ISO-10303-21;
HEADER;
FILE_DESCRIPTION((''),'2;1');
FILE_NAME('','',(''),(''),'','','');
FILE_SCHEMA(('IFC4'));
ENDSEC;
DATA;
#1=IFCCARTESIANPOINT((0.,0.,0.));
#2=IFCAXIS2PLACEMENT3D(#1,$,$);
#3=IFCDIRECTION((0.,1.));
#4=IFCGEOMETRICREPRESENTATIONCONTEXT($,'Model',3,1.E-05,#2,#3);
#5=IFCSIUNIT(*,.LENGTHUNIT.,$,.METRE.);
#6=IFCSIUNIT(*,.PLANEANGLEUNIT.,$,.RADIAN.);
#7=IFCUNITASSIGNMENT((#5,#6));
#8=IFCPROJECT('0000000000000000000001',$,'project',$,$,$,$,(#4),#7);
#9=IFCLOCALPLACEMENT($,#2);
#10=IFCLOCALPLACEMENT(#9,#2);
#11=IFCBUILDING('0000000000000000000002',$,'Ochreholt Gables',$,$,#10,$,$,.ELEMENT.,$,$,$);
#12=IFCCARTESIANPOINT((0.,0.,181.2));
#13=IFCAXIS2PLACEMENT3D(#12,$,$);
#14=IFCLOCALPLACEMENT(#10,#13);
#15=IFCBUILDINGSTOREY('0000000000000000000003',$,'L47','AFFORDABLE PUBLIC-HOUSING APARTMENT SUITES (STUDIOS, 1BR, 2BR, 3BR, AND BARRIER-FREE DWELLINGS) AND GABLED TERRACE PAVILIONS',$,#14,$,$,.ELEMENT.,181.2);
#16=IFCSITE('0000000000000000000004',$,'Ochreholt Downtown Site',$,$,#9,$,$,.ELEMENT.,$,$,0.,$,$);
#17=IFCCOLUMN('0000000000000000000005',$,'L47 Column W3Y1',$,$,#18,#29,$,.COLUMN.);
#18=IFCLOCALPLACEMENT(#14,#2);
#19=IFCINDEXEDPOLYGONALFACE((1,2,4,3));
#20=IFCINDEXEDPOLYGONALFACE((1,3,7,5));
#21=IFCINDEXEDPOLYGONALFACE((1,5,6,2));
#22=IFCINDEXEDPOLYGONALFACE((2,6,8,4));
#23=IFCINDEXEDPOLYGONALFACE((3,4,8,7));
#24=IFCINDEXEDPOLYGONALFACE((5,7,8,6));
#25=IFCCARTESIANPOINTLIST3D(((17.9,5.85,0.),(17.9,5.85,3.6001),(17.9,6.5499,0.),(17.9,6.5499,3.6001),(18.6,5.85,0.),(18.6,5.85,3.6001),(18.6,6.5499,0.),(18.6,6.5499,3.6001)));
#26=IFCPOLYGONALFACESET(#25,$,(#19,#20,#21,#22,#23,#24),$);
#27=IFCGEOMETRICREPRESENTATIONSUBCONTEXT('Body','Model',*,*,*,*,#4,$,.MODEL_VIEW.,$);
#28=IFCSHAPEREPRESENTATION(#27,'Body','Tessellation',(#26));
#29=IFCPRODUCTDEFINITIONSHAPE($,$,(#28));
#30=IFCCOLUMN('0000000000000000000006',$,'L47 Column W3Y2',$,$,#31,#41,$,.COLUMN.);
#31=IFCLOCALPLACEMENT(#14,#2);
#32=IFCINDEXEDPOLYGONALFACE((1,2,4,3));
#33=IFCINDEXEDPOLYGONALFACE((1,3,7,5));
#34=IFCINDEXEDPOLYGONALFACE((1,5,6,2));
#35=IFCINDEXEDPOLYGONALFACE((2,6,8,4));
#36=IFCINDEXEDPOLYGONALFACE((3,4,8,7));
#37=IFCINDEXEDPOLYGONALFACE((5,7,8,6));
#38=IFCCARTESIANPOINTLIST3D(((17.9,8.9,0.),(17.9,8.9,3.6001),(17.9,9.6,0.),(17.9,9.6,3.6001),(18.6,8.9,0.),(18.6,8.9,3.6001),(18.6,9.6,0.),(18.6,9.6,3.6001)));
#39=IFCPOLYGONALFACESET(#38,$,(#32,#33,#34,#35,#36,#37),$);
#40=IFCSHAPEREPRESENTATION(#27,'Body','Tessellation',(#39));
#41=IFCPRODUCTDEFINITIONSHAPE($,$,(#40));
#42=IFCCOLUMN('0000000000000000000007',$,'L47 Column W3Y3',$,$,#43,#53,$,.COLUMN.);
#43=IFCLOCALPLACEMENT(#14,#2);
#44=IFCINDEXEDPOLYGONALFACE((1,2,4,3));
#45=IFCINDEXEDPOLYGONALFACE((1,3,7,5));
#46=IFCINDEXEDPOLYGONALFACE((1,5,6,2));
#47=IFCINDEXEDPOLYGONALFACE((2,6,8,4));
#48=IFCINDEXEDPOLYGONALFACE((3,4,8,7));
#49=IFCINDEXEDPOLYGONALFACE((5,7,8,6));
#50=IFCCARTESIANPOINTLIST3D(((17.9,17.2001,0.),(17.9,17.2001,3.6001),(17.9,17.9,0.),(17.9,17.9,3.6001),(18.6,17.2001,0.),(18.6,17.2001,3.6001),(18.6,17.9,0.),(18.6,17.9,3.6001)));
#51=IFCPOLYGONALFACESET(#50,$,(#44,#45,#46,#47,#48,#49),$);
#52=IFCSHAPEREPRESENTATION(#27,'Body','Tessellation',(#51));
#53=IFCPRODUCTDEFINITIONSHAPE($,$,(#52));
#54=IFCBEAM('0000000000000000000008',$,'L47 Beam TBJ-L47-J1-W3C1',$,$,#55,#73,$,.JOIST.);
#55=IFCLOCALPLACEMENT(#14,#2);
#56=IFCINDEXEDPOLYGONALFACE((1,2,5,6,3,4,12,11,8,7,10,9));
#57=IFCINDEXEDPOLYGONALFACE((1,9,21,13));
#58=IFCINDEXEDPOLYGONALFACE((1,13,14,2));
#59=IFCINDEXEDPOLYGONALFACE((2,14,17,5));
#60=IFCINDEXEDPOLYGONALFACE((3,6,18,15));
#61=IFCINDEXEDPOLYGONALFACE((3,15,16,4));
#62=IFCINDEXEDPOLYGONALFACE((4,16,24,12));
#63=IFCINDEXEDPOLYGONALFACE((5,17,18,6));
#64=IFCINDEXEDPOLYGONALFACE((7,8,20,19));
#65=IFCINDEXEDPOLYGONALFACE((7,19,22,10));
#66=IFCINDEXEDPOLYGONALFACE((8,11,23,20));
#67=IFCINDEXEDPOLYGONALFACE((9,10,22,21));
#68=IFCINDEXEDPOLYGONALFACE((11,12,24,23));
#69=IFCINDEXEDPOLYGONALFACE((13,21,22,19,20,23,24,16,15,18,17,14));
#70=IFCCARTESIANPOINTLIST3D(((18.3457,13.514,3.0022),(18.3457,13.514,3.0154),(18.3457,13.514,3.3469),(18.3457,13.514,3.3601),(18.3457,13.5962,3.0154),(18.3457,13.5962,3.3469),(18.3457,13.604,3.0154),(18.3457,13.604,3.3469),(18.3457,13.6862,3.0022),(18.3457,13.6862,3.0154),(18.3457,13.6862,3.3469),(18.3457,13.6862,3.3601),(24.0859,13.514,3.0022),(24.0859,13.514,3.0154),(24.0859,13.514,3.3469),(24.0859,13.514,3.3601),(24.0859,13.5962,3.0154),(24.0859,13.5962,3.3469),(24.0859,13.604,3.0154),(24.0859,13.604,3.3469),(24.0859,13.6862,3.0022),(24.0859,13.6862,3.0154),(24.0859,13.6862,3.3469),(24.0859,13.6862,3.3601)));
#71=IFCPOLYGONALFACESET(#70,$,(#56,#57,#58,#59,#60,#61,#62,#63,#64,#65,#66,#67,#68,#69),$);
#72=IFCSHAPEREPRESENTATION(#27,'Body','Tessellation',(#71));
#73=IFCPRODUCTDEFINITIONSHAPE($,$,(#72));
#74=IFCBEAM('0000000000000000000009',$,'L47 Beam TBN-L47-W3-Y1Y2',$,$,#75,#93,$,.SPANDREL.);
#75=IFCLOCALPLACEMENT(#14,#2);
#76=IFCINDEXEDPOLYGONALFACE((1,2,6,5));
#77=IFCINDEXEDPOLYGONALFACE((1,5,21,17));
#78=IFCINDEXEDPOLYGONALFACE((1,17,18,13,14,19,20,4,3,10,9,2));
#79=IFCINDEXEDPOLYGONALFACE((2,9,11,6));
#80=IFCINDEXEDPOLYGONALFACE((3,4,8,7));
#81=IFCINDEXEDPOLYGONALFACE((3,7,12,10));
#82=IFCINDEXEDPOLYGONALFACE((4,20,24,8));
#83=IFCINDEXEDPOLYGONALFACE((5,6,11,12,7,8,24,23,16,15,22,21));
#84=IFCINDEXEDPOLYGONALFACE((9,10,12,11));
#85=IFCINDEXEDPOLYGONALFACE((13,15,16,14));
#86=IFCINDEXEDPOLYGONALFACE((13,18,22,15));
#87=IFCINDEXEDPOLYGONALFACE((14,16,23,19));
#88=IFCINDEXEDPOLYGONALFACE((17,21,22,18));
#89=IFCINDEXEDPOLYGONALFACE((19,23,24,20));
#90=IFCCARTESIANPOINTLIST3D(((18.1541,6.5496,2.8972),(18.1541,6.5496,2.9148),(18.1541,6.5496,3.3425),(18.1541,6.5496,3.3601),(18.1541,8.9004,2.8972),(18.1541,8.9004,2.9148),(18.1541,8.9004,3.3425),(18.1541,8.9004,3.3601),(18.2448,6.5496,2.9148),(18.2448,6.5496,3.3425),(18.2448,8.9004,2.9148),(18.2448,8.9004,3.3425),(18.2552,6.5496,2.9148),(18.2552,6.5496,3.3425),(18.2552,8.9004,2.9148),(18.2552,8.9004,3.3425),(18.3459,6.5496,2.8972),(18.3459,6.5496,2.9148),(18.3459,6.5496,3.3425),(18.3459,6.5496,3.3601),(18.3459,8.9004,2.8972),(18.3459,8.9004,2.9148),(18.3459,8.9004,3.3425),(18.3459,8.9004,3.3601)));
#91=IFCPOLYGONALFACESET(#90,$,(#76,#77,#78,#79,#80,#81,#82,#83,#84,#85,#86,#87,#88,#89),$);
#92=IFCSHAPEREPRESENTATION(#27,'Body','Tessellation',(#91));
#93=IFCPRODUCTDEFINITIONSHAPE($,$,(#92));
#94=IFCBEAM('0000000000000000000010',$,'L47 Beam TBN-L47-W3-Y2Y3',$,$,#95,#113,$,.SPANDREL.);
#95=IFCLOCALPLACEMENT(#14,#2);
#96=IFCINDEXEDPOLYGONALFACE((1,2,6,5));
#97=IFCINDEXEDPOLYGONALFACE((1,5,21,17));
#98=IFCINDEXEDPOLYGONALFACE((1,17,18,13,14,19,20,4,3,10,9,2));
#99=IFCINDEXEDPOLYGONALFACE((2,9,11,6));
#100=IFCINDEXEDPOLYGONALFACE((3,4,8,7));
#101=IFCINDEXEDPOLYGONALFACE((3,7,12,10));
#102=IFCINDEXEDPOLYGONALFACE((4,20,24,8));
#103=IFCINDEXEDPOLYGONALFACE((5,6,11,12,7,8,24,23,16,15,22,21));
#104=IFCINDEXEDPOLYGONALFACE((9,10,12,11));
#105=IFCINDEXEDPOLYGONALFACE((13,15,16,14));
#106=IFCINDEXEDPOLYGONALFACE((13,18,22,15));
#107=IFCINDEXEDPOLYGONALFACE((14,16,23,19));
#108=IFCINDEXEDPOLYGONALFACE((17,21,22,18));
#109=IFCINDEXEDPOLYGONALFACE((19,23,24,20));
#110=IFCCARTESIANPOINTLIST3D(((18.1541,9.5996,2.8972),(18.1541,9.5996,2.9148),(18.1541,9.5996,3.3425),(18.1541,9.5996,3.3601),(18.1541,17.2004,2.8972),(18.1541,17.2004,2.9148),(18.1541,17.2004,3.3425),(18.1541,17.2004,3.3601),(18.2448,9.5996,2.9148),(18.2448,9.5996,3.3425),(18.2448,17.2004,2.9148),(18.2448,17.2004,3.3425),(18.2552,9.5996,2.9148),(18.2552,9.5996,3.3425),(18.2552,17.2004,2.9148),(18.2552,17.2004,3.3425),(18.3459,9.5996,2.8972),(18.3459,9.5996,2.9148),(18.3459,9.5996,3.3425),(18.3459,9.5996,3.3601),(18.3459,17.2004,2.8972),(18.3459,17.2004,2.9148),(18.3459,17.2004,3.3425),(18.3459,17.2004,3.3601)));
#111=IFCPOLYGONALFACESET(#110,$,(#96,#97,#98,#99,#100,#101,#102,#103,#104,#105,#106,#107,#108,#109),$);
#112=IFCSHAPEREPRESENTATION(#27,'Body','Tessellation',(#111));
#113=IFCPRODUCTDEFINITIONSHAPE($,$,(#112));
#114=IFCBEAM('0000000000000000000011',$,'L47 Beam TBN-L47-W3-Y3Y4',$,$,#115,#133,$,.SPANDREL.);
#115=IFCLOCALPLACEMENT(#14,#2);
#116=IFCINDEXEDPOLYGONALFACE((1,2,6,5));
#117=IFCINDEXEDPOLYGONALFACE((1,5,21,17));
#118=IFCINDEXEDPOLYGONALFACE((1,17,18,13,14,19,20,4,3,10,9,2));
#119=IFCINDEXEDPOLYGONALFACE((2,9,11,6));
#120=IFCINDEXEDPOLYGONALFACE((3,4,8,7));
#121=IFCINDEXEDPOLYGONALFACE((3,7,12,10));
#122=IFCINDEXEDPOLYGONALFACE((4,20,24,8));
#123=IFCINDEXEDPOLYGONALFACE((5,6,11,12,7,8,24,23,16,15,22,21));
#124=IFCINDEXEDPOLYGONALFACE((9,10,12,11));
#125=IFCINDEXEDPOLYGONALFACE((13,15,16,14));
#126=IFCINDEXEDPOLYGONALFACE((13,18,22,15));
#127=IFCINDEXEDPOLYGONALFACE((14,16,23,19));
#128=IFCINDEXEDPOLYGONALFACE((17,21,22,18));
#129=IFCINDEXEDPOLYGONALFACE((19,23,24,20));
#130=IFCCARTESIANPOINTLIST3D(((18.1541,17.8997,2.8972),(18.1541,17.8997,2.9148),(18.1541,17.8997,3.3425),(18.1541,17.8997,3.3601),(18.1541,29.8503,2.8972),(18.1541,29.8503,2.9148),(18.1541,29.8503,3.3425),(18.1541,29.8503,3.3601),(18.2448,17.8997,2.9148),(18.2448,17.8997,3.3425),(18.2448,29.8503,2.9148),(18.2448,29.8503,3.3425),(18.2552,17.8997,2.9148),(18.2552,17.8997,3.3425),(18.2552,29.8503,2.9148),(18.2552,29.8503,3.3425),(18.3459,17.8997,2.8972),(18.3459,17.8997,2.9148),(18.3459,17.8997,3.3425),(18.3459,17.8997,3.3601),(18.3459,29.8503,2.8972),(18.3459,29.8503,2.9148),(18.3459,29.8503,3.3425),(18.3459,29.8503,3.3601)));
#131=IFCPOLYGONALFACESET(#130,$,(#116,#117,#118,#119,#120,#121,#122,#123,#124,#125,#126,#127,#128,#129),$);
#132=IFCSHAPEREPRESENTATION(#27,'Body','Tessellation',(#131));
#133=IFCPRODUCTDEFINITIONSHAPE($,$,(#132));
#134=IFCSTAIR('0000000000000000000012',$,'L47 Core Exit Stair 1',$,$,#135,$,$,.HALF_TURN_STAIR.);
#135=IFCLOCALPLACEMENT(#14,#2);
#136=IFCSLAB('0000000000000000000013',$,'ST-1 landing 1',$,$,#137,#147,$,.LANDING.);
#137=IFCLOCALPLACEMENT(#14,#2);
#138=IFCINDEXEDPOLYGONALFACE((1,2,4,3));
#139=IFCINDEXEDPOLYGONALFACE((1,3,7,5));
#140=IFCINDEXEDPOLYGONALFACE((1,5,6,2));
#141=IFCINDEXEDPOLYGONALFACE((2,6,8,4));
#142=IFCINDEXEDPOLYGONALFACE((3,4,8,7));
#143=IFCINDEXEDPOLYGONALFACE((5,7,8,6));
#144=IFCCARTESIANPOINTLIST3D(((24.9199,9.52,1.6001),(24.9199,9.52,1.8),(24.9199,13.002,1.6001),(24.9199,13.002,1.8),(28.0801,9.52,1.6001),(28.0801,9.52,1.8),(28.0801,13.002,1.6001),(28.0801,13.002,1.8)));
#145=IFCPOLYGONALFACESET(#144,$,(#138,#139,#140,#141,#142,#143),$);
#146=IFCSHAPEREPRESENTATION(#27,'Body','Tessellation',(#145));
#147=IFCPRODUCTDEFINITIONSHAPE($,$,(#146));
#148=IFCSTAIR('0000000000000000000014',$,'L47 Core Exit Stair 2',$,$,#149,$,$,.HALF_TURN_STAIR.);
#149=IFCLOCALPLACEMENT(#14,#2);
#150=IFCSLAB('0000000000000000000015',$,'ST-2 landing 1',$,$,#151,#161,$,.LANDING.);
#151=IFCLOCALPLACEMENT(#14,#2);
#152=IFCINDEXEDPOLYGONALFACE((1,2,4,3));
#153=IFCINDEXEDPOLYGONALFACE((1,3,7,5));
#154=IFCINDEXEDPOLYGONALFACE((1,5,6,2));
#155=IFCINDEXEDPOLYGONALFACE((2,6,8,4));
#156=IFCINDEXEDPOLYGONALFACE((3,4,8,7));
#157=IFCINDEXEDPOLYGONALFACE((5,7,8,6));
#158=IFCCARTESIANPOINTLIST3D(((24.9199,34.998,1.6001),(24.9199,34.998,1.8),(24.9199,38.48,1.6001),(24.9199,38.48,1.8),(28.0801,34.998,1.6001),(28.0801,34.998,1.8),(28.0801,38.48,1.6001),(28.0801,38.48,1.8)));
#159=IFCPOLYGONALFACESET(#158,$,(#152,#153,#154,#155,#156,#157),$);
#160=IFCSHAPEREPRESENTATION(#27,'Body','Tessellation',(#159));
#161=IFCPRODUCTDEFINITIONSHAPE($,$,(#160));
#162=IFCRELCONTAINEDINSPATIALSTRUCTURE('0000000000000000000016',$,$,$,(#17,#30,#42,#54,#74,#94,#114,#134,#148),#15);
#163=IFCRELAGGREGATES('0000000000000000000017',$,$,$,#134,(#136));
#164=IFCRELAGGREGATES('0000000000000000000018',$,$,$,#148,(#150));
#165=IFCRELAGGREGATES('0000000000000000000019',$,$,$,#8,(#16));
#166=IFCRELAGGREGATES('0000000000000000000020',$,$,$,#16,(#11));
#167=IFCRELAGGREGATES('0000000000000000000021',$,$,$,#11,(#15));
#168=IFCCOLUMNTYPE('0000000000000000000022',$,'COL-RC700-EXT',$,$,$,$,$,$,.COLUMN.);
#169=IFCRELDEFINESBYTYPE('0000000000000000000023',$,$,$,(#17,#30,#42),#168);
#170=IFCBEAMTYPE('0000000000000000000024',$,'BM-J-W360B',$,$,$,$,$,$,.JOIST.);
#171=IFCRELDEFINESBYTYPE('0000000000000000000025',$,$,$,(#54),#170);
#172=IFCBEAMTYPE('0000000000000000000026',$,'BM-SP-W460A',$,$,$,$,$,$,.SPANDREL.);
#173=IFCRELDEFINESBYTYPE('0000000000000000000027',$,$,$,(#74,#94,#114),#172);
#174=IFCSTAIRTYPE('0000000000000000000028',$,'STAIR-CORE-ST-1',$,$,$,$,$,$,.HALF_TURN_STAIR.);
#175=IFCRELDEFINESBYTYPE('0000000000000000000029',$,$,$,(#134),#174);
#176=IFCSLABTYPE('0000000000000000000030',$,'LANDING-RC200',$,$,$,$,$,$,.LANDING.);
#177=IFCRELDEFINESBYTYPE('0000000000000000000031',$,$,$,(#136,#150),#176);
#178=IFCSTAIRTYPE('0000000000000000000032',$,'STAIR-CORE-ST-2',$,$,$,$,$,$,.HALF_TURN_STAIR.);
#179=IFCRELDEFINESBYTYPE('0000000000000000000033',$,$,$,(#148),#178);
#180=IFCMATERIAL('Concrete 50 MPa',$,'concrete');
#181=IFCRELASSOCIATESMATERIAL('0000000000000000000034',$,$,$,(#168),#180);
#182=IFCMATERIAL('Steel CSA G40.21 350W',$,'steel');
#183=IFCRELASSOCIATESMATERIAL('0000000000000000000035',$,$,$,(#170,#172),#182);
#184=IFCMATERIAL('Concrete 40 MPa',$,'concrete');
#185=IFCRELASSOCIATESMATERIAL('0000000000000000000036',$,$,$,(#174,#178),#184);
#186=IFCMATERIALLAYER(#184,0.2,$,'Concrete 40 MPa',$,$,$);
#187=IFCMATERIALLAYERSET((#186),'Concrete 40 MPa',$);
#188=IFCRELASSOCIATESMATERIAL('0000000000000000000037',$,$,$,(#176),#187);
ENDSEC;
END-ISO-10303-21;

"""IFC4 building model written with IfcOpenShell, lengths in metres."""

from ifc_helpers import new_model, si_unit, direction, frame, origin, origin_2d, place, context, subcontext, project, spatial, polyline, rectangle, i_section, outline, extrude, material, layer, layer_set, material_profile, profile_set, type_object, element, aggregate, save


model = new_model("IFC4")

# Units and contexts
model_context = context("Model", 3, precision=1e-05, world=origin(), true_north=direction((0.0, 1.0)))
body_context = subcontext(model_context, "Body", "Model", "MODEL_VIEW")
ifc_project = project(units=[si_unit("LENGTHUNIT", "METRE"), si_unit("PLANEANGLEUNIT", "RADIAN")], contexts=[model_context])

# Site, building, storey
site_placement = place(None, origin())
site = spatial("IfcSite", under=ifc_project, at=site_placement, Name="Ochreholt Downtown Site", CompositionType="ELEMENT", RefElevation=0.0)
building_placement = place(site_placement, origin())
building = spatial("IfcBuilding", under=site, at=building_placement, Name="Ochreholt Gables", CompositionType="ELEMENT")
storey_placement = place(building_placement, frame((0.0, 0.0, 181.2)))
storey = spatial("IfcBuildingStorey", under=building, at=storey_placement, Name="L47", Description="AFFORDABLE PUBLIC-HOUSING APARTMENT SUITES (STUDIOS, 1BR, 2BR, 3BR, AND BARRIER-FREE DWELLINGS) AND GABLED TERRACE PAVILIONS", CompositionType="ELEMENT", Elevation=181.2)

# Columns
ifc_material_1 = material(Name="Concrete 50 MPa", Category="concrete")
ifc_material_profile_1 = material_profile(ifc_material_1, rectangle(XDim=0.7, YDim=0.7, at=origin_2d()), Name="RC700X700")
ifc_profile_set_1 = profile_set([ifc_material_profile_1], Name="Concrete 50 MPa")
column_type = type_object("IfcColumnType", Name="COL-RC700-EXT", PredefinedType="COLUMN", material=ifc_profile_set_1)
for number, where, z_axis, x_axis, name in (
    (1, (18.25, 6.2, 0.0), (0.0, 0.0, 1.0), (1.0, 0.0, 0.0), "L47 Column W3Y1"),
    (2, (18.25, 9.25, 0.0), (0.0, 0.0, 1.0), (1.0, 0.0, 0.0), "L47 Column W3Y2"),
    (3, (18.25, 17.55, 0.0), (0.0, 0.0, 1.0), (1.0, 0.0, 0.0), "L47 Column W3Y3"),
):
    element("IfcColumn", number, at=place(storey_placement, frame(where, z_axis=z_axis, x_axis=x_axis)), inside=storey, type_object=column_type, Name=name, PredefinedType="COLUMN", context=body_context, shape_type="SweptSolid", body=[
        extrude(rectangle(XDim=0.7, YDim=0.7, at=origin_2d()), origin(), (0.0, 0.0, 1.0), 3.6001),
    ])

# Beams
ifc_material_2 = material(Name="Steel CSA G40.21 350W", Category="steel")
ifc_material_profile_2 = material_profile(ifc_material_2, i_section(OverallWidth=0.1721, OverallDepth=0.3579, WebThickness=0.0078, FlangeThickness=0.0132, at=origin_2d()), Name="W360X57")
ifc_profile_set_2 = profile_set([ifc_material_profile_2], Name="Steel CSA G40.21 350W")
beam_type_1 = type_object("IfcBeamType", Name="BM-J-W360B", PredefinedType="JOIST", material=ifc_profile_set_2)
beam_1_placement = place(storey_placement, frame((18.3457, 13.6001, 3.1812), z_axis=(1.0, 0.0, 0.0), x_axis=(0.0, 1.0, 0.0)))
element("IfcBeam", 4, at=beam_1_placement, inside=storey, type_object=beam_type_1, Name="L47 Beam TBJ-L47-J1-W3C1", PredefinedType="JOIST", context=body_context, shape_type="SweptSolid", body=[
    extrude(i_section(OverallWidth=0.1721, OverallDepth=0.3579, WebThickness=0.0078, FlangeThickness=0.0132, at=origin_2d()), origin(), (0.0, 0.0, 1.0), 5.7402),
])
ifc_material_profile_3 = material_profile(ifc_material_2, i_section(OverallWidth=0.1919, OverallDepth=0.4629, WebThickness=0.0105, FlangeThickness=0.0176, at=origin_2d()), Name="W460X89")
ifc_profile_set_3 = profile_set([ifc_material_profile_3], Name="Steel CSA G40.21 350W")
beam_type_2 = type_object("IfcBeamType", Name="BM-SP-W460A", PredefinedType="SPANDREL", material=ifc_profile_set_3)
beam_2_placement = place(storey_placement, frame((18.25, 6.5496, 3.1287), z_axis=(0.0, 1.0, 0.0), x_axis=(-1.0, 0.0, 0.0)))
element("IfcBeam", 5, at=beam_2_placement, inside=storey, type_object=beam_type_2, Name="L47 Beam TBN-L47-W3-Y1Y2", PredefinedType="SPANDREL", context=body_context, shape_type="SweptSolid", body=[
    extrude(i_section(OverallWidth=0.1919, OverallDepth=0.4629, WebThickness=0.0105, FlangeThickness=0.0176, at=origin_2d()), origin(), (0.0, 0.0, 1.0), 2.3508),
])
beam_3_placement = place(storey_placement, frame((18.25, 9.5996, 3.1287), z_axis=(0.0, 1.0, 0.0), x_axis=(-1.0, 0.0, 0.0)))
element("IfcBeam", 6, at=beam_3_placement, inside=storey, type_object=beam_type_2, Name="L47 Beam TBN-L47-W3-Y2Y3", PredefinedType="SPANDREL", context=body_context, shape_type="SweptSolid", body=[
    extrude(i_section(OverallWidth=0.1919, OverallDepth=0.4629, WebThickness=0.0105, FlangeThickness=0.0176, at=origin_2d()), origin(), (0.0, 0.0, 1.0), 7.6008),
])
beam_4_placement = place(storey_placement, frame((18.25, 17.8997, 3.1287), z_axis=(0.0, 1.0, 0.0), x_axis=(-1.0, 0.0, 0.0)))
element("IfcBeam", 7, at=beam_4_placement, inside=storey, type_object=beam_type_2, Name="L47 Beam TBN-L47-W3-Y3Y4", PredefinedType="SPANDREL", context=body_context, shape_type="SweptSolid", body=[
    extrude(i_section(OverallWidth=0.1919, OverallDepth=0.4629, WebThickness=0.0105, FlangeThickness=0.0176, at=origin_2d()), origin(), (0.0, 0.0, 1.0), 11.9507),
])

# Stairs, slabs
ifc_material_3 = material(Name="Concrete 40 MPa", Category="concrete")
stair_type_1 = type_object("IfcStairType", Name="STAIR-CORE-ST-1", PredefinedType="HALF_TURN_STAIR", material=ifc_material_3)
stair_1_placement = place(storey_placement, origin())
stair_1 = element("IfcStair", 8, at=stair_1_placement, inside=storey, type_object=stair_type_1, Name="L47 Core Exit Stair 1", PredefinedType="HALF_TURN_STAIR")
ifc_layer_1 = layer(ifc_material_3, 0.2, Name="Concrete 40 MPa")
ifc_layer_set_1 = layer_set([ifc_layer_1], Name="Concrete 40 MPa")
slab_type_1 = type_object("IfcSlabType", Name="LANDING-RC200", PredefinedType="LANDING", material=ifc_layer_set_1)
slab_1_placement = place(storey_placement, frame((0.0, 0.0, 1.6001)))
slab_1 = element("IfcSlab", 9, at=slab_1_placement, type_object=slab_type_1, Name="ST-1 landing 1", PredefinedType="LANDING", context=body_context, shape_type="SweptSolid", body=[
    extrude(outline(polyline([(24.9199, 13.002), (24.9199, 9.52), (28.0801, 9.52), (28.0801, 13.002), (24.9199, 13.002)])), origin(), (0.0, 0.0, 1.0), 0.2),
])
aggregate(stair_1, [slab_1])
stair_type_2 = type_object("IfcStairType", Name="STAIR-CORE-ST-2", PredefinedType="HALF_TURN_STAIR", material=ifc_material_3)
stair_2_placement = place(storey_placement, origin())
stair_2 = element("IfcStair", 10, at=stair_2_placement, inside=storey, type_object=stair_type_2, Name="L47 Core Exit Stair 2", PredefinedType="HALF_TURN_STAIR")
slab_2_placement = place(storey_placement, frame((0.0, 0.0, 1.6001)))
slab_2 = element("IfcSlab", 11, at=slab_2_placement, type_object=slab_type_1, Name="ST-2 landing 1", PredefinedType="LANDING", context=body_context, shape_type="SweptSolid", body=[
    extrude(outline(polyline([(28.0801, 34.998), (28.0801, 38.48), (24.9199, 38.48), (24.9199, 34.998), (28.0801, 34.998)])), origin(), (0.0, 0.0, 1.0), 0.2),
])
aggregate(stair_2, [slab_2])

save(model, "model.ifc")
